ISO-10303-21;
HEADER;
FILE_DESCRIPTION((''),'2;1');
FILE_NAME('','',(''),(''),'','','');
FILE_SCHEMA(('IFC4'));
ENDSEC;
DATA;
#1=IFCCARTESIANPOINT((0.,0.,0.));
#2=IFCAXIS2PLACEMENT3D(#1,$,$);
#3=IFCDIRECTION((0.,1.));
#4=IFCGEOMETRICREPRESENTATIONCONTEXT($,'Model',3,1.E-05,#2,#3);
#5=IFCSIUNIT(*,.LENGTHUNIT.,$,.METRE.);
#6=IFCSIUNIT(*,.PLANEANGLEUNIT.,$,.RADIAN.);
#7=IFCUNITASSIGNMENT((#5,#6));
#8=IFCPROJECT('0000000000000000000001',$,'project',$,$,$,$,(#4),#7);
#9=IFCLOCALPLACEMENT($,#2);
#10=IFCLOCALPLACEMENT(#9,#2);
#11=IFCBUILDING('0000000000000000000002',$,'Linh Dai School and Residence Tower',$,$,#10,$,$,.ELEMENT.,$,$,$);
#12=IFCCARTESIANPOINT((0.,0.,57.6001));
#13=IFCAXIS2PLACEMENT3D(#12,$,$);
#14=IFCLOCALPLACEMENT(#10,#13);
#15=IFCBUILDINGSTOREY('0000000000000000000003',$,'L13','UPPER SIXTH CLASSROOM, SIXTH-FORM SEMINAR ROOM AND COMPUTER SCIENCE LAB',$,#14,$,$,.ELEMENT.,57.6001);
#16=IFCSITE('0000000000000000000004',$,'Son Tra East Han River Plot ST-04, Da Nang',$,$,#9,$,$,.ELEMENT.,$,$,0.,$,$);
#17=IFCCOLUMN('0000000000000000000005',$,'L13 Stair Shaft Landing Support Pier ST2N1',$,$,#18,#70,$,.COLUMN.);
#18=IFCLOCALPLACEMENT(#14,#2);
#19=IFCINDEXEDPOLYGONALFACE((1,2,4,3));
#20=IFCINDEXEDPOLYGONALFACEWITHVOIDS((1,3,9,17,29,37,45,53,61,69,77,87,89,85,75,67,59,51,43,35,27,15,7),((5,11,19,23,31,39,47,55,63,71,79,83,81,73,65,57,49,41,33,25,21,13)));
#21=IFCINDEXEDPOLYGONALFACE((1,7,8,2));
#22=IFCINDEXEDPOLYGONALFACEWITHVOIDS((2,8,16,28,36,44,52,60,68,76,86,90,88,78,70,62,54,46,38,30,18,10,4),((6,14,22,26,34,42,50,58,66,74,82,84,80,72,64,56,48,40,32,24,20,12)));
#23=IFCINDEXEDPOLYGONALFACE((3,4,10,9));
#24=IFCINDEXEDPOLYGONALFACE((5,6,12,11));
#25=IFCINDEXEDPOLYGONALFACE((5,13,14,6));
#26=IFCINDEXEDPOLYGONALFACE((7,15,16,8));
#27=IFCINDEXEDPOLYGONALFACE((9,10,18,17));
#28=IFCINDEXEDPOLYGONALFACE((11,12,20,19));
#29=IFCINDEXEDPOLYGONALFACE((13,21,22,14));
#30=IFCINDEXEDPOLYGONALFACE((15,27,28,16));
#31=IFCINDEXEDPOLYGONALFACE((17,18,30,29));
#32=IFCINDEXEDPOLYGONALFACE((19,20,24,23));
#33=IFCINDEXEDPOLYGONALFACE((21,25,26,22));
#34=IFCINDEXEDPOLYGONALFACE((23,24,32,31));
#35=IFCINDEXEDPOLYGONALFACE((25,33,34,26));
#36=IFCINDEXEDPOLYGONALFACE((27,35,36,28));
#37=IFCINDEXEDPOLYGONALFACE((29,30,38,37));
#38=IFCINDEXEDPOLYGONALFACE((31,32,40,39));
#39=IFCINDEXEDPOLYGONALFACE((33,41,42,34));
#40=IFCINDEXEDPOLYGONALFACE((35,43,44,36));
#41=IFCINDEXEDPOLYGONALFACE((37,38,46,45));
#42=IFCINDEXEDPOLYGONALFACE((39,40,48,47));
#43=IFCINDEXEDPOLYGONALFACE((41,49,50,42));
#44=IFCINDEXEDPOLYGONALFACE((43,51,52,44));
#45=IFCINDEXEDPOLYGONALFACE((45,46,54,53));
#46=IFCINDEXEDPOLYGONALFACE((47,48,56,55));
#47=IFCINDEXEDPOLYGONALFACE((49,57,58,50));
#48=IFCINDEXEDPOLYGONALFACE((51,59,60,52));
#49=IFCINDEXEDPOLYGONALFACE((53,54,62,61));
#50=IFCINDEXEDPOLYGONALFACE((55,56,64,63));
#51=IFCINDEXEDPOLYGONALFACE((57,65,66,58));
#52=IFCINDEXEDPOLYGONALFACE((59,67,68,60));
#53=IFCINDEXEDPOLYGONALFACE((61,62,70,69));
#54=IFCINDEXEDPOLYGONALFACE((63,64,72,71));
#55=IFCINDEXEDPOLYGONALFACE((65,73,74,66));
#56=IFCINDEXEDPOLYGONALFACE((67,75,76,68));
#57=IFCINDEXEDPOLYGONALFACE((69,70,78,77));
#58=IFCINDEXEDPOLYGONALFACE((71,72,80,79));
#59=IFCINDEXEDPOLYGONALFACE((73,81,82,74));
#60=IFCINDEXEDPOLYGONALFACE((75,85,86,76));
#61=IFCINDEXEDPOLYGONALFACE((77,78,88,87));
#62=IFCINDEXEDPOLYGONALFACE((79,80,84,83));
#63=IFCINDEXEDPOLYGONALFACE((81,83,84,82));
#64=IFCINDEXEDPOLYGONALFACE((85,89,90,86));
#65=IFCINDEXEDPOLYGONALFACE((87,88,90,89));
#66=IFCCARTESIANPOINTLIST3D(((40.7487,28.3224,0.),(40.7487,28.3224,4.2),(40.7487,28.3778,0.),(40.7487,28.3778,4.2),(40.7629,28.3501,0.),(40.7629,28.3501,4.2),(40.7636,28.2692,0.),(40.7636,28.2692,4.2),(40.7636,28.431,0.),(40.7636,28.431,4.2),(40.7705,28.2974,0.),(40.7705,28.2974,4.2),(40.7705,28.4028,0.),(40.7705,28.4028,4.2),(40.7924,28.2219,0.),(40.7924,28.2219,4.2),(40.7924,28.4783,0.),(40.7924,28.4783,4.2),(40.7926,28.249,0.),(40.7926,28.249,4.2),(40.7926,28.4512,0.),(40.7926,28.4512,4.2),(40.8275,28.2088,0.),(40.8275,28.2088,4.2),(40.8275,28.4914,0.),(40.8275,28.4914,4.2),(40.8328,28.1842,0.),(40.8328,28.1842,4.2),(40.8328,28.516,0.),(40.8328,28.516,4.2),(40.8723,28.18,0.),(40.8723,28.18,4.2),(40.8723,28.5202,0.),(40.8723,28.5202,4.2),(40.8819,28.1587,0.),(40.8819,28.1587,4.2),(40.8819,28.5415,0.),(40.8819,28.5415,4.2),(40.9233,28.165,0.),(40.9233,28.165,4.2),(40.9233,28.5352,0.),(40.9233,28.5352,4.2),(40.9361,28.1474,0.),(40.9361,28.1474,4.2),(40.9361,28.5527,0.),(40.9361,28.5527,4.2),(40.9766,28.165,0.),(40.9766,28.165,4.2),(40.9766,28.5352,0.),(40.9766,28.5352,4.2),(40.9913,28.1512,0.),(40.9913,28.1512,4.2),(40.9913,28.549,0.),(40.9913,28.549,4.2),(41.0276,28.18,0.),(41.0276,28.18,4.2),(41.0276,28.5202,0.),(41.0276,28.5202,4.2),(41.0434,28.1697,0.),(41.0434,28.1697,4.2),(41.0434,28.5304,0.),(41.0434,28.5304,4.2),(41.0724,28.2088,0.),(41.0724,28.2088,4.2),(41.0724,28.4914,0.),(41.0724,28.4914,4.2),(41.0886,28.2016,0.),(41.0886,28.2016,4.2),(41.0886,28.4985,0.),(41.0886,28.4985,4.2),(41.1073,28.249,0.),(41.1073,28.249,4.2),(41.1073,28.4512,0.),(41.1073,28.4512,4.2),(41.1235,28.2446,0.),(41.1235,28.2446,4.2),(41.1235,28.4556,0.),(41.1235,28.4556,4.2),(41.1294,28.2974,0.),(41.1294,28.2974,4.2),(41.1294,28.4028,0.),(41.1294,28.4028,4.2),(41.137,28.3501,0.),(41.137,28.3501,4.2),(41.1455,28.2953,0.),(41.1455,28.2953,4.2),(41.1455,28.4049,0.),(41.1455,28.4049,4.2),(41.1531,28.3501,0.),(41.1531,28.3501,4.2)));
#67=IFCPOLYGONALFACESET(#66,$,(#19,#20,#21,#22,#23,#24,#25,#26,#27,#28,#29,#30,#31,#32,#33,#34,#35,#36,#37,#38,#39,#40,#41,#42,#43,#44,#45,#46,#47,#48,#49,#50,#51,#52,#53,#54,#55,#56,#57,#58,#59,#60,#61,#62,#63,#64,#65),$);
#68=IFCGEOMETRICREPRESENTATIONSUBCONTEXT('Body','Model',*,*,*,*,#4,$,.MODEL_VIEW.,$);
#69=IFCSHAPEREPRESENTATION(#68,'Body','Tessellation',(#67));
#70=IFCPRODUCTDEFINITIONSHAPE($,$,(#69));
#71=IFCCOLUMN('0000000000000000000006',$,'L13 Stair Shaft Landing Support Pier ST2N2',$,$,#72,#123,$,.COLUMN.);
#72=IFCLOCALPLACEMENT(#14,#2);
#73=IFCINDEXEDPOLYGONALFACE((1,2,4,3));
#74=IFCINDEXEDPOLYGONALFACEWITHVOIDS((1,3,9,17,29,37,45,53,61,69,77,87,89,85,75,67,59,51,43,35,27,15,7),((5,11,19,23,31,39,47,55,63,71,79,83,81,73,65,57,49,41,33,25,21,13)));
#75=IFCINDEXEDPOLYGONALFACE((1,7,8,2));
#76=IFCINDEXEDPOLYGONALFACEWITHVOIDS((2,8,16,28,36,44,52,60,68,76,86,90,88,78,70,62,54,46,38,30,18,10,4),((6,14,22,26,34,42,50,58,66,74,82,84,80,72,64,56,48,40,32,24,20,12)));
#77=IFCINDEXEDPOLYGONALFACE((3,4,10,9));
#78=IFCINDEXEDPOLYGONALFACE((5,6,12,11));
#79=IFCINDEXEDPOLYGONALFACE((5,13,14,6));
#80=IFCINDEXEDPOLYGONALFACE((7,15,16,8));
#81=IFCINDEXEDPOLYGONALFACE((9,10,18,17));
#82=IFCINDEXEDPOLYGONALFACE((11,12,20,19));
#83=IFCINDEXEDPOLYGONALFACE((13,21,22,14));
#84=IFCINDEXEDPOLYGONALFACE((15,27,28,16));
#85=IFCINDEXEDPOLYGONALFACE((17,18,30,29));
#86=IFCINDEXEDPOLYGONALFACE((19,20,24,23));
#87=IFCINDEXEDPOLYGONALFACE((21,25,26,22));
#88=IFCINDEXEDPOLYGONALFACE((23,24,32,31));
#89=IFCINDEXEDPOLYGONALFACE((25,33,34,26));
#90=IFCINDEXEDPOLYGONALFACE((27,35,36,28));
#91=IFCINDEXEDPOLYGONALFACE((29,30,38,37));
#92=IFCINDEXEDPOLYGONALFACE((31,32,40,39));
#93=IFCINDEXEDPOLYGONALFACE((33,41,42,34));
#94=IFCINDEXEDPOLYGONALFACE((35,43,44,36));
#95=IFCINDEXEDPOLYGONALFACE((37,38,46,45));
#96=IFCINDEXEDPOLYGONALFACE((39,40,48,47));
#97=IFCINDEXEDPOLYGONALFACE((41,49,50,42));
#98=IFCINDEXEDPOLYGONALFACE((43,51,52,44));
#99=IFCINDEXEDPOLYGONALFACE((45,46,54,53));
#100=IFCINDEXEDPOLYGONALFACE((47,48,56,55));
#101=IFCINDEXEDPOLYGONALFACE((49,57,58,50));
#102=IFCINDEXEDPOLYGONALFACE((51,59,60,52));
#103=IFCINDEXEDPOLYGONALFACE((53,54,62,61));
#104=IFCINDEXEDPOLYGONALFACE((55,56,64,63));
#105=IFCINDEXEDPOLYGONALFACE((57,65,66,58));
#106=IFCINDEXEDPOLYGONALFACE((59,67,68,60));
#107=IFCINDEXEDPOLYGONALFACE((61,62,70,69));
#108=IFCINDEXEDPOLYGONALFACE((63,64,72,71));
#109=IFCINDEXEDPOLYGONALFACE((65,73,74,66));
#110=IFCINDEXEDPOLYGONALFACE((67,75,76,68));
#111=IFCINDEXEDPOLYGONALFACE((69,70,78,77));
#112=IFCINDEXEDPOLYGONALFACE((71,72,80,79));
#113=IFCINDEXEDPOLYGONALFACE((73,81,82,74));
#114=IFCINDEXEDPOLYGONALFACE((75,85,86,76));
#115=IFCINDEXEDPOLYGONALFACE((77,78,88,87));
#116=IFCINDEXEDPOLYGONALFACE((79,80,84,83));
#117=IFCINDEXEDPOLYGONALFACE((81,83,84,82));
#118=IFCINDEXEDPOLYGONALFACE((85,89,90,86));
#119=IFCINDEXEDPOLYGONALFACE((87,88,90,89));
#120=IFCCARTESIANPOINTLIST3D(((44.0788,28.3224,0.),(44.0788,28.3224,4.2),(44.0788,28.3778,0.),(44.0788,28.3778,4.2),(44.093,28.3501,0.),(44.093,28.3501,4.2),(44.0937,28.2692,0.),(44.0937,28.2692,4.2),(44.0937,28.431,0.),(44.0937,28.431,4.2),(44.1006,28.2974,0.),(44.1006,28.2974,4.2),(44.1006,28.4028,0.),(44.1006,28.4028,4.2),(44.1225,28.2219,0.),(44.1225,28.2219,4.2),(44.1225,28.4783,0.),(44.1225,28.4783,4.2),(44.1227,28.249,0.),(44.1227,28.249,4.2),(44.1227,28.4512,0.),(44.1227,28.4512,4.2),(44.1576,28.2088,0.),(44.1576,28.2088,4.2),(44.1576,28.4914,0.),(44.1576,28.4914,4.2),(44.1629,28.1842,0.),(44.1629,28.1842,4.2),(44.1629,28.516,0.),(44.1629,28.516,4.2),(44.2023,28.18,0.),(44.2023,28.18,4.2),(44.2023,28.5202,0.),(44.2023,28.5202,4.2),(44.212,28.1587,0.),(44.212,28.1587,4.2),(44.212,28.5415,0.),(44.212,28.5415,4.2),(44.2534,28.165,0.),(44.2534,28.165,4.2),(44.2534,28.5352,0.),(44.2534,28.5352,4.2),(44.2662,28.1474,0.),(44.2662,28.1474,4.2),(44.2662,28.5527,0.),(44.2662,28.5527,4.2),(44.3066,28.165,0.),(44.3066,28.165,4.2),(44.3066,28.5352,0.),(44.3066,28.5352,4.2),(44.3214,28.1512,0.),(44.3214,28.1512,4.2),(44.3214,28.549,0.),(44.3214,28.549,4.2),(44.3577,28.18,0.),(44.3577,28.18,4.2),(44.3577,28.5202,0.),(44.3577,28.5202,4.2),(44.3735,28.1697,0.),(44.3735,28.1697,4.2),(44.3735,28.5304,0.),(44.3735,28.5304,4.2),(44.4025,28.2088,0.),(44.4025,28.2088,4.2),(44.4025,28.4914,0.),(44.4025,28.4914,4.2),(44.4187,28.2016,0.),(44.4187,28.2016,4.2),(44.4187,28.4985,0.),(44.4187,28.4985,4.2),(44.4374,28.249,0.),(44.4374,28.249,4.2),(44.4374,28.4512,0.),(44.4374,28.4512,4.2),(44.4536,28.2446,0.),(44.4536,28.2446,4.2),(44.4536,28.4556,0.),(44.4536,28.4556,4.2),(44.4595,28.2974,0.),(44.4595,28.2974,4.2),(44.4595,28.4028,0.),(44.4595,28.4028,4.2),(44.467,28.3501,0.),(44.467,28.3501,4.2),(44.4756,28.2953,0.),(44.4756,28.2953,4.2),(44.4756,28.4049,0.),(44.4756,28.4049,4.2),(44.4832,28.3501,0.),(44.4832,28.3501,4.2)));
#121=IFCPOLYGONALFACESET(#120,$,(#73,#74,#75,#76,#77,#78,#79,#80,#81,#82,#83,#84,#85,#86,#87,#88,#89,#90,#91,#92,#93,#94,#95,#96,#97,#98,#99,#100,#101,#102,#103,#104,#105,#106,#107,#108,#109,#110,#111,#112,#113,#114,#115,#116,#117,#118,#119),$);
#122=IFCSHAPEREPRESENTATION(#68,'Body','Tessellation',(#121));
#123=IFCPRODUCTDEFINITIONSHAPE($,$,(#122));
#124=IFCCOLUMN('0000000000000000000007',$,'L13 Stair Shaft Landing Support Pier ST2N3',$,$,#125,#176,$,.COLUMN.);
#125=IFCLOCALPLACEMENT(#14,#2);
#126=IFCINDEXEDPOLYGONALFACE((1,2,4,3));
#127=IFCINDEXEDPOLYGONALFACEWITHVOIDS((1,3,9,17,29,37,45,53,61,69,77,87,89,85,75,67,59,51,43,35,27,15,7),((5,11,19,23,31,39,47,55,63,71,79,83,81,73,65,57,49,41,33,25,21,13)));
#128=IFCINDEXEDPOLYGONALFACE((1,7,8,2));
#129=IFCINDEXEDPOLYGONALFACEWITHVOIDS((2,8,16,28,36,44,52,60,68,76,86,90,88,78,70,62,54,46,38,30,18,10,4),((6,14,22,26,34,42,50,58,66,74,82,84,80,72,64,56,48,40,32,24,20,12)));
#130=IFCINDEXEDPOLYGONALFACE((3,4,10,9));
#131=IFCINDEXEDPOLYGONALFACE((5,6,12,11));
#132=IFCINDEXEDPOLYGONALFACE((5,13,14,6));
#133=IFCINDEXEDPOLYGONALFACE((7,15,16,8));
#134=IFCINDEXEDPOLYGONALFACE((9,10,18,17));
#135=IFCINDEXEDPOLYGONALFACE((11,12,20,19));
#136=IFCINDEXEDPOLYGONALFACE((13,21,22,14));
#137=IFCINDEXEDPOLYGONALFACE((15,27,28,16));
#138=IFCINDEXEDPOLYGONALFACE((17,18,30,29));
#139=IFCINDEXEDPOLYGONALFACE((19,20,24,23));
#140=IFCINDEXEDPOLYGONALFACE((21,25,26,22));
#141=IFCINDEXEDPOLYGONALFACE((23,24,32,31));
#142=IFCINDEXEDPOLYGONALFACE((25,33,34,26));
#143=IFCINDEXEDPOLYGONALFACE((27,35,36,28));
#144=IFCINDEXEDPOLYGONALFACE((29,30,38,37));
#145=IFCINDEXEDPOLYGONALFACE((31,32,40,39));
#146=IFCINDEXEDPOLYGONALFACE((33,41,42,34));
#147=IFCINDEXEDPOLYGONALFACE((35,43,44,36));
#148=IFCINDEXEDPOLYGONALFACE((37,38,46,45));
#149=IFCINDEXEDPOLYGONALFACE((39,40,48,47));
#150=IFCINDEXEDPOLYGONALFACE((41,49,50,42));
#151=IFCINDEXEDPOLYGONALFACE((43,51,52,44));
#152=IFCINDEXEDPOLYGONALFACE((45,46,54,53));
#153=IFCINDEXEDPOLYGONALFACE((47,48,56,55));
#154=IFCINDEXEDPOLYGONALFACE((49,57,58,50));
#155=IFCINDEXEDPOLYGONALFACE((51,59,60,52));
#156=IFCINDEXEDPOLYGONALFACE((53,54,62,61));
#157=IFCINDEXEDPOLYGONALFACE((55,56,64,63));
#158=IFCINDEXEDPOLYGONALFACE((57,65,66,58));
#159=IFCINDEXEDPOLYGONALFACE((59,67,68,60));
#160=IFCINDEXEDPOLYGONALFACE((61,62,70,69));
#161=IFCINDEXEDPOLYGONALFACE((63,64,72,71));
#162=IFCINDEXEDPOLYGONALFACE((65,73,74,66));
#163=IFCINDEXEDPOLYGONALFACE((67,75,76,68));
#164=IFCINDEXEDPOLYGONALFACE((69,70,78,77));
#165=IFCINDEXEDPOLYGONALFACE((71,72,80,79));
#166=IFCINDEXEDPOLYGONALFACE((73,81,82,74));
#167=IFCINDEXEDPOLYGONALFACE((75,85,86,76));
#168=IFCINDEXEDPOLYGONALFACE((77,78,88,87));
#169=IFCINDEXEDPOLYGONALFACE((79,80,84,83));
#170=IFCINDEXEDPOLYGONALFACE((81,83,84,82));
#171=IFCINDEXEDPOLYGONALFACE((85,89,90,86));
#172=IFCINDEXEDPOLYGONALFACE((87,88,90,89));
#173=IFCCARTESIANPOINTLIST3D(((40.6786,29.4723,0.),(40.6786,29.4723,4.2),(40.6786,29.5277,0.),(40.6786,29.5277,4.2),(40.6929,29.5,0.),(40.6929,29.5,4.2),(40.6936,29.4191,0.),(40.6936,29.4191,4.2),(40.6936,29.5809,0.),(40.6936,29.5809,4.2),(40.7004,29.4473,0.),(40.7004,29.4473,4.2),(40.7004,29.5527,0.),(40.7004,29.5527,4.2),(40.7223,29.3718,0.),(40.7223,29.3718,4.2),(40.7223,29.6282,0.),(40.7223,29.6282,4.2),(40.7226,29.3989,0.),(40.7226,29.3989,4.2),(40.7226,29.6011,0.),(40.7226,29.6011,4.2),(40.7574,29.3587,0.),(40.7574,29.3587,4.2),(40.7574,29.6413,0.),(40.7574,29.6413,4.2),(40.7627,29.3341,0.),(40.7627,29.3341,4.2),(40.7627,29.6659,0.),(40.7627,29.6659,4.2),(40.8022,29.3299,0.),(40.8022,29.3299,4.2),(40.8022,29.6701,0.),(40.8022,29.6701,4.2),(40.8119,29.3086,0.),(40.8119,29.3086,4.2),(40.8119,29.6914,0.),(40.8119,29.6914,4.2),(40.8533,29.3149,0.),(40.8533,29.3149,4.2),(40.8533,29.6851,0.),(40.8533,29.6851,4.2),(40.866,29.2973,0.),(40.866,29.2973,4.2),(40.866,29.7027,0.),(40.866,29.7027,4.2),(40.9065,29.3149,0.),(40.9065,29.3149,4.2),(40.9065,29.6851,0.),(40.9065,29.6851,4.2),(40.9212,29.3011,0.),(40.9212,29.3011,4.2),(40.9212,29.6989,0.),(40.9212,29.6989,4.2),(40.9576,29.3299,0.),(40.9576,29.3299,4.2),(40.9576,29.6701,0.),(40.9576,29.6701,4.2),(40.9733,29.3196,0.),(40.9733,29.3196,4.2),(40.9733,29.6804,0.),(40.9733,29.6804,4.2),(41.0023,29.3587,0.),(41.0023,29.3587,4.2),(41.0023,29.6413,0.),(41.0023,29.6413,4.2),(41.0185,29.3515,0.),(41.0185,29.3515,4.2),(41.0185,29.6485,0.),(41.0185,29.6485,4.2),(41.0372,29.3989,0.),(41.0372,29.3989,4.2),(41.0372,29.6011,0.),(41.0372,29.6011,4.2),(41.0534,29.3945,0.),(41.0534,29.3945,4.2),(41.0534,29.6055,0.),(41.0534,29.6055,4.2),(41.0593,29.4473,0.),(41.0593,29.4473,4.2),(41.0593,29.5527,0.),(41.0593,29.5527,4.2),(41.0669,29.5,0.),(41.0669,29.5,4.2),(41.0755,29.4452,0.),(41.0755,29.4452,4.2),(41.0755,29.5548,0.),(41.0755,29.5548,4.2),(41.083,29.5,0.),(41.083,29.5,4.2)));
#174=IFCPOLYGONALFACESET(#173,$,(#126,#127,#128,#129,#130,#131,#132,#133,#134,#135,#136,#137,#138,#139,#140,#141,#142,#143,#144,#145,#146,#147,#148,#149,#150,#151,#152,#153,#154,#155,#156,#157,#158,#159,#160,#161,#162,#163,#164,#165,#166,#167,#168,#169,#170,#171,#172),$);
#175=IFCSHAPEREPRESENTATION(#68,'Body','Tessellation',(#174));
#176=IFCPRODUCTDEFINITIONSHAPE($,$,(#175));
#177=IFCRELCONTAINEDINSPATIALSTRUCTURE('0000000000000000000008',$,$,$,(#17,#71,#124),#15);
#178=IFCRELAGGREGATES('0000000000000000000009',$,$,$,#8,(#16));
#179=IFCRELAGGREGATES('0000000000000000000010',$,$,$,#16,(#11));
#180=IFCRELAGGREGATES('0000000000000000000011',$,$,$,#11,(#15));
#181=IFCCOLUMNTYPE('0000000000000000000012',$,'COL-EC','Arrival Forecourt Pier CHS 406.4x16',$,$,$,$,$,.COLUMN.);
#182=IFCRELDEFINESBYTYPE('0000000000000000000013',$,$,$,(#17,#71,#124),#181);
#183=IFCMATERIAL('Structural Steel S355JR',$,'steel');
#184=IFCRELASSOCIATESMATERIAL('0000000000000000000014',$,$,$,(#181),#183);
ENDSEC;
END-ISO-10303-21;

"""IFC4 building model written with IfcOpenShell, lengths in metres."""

from ifc_helpers import new_model, si_unit, direction, frame, origin, origin_2d, place, context, subcontext, project, spatial, hollow_circle, extrude, material, material_profile, profile_set, type_object, element, save


model = new_model("IFC4")

# Units and contexts
model_context = context("Model", 3, precision=1e-05, world=origin(), true_north=direction((0.0, 1.0)))
body_context = subcontext(model_context, "Body", "Model", "MODEL_VIEW")
ifc_project = project(units=[si_unit("LENGTHUNIT", "METRE"), si_unit("PLANEANGLEUNIT", "RADIAN")], contexts=[model_context])

# Site, building, storey
site_placement = place(None, origin())
site = spatial("IfcSite", under=ifc_project, at=site_placement, Name="Son Tra East Han River Plot ST-04, Da Nang", CompositionType="ELEMENT", RefElevation=0.0)
building_placement = place(site_placement, origin())
building = spatial("IfcBuilding", under=site, at=building_placement, Name="Linh Dai School and Residence Tower", CompositionType="ELEMENT")
storey_placement = place(building_placement, frame((0.0, 0.0, 57.6001)))
storey = spatial("IfcBuildingStorey", under=building, at=storey_placement, Name="L13", Description="UPPER SIXTH CLASSROOM, SIXTH-FORM SEMINAR ROOM AND COMPUTER SCIENCE LAB", CompositionType="ELEMENT", Elevation=57.6001)

# Columns
ifc_material_1 = material(Name="Structural Steel S355JR", Category="steel")
ifc_material_profile_1 = material_profile(ifc_material_1, hollow_circle(Radius=0.2031, WallThickness=0.0161, at=origin_2d()), Name="CHS 406.4x16")
ifc_profile_set_1 = profile_set([ifc_material_profile_1], Name="Structural Steel S355JR")
column_type_1 = type_object("IfcColumnType", Name="COL-EC", Description="Arrival Forecourt Pier CHS 406.4x16", PredefinedType="COLUMN", material=ifc_profile_set_1)
for number, where, z_axis, x_axis, name in (
    (1, (40.95, 28.3501, 0.0), (0.0, 0.0, 1.0), (1.0, 0.0, 0.0), "L13 Stair Shaft Landing Support Pier ST2N1"),
    (2, (44.28, 28.3501, 0.0), (0.0, 0.0, 1.0), (1.0, 0.0, 0.0), "L13 Stair Shaft Landing Support Pier ST2N2"),
    (3, (40.8799, 29.5, 0.0), (0.0, 0.0, 1.0), (1.0, 0.0, 0.0), "L13 Stair Shaft Landing Support Pier ST2N3"),
):
    element("IfcColumn", number, at=place(storey_placement, frame(where, z_axis=z_axis, x_axis=x_axis)), inside=storey, type_object=column_type_1, Name=name, PredefinedType="COLUMN", context=body_context, shape_type="SweptSolid", body=[
        extrude(hollow_circle(Radius=0.2031, WallThickness=0.0161, at=origin_2d()), origin(), (0.0, 0.0, 1.0), 4.2),
    ])

save(model, "model.ifc")
